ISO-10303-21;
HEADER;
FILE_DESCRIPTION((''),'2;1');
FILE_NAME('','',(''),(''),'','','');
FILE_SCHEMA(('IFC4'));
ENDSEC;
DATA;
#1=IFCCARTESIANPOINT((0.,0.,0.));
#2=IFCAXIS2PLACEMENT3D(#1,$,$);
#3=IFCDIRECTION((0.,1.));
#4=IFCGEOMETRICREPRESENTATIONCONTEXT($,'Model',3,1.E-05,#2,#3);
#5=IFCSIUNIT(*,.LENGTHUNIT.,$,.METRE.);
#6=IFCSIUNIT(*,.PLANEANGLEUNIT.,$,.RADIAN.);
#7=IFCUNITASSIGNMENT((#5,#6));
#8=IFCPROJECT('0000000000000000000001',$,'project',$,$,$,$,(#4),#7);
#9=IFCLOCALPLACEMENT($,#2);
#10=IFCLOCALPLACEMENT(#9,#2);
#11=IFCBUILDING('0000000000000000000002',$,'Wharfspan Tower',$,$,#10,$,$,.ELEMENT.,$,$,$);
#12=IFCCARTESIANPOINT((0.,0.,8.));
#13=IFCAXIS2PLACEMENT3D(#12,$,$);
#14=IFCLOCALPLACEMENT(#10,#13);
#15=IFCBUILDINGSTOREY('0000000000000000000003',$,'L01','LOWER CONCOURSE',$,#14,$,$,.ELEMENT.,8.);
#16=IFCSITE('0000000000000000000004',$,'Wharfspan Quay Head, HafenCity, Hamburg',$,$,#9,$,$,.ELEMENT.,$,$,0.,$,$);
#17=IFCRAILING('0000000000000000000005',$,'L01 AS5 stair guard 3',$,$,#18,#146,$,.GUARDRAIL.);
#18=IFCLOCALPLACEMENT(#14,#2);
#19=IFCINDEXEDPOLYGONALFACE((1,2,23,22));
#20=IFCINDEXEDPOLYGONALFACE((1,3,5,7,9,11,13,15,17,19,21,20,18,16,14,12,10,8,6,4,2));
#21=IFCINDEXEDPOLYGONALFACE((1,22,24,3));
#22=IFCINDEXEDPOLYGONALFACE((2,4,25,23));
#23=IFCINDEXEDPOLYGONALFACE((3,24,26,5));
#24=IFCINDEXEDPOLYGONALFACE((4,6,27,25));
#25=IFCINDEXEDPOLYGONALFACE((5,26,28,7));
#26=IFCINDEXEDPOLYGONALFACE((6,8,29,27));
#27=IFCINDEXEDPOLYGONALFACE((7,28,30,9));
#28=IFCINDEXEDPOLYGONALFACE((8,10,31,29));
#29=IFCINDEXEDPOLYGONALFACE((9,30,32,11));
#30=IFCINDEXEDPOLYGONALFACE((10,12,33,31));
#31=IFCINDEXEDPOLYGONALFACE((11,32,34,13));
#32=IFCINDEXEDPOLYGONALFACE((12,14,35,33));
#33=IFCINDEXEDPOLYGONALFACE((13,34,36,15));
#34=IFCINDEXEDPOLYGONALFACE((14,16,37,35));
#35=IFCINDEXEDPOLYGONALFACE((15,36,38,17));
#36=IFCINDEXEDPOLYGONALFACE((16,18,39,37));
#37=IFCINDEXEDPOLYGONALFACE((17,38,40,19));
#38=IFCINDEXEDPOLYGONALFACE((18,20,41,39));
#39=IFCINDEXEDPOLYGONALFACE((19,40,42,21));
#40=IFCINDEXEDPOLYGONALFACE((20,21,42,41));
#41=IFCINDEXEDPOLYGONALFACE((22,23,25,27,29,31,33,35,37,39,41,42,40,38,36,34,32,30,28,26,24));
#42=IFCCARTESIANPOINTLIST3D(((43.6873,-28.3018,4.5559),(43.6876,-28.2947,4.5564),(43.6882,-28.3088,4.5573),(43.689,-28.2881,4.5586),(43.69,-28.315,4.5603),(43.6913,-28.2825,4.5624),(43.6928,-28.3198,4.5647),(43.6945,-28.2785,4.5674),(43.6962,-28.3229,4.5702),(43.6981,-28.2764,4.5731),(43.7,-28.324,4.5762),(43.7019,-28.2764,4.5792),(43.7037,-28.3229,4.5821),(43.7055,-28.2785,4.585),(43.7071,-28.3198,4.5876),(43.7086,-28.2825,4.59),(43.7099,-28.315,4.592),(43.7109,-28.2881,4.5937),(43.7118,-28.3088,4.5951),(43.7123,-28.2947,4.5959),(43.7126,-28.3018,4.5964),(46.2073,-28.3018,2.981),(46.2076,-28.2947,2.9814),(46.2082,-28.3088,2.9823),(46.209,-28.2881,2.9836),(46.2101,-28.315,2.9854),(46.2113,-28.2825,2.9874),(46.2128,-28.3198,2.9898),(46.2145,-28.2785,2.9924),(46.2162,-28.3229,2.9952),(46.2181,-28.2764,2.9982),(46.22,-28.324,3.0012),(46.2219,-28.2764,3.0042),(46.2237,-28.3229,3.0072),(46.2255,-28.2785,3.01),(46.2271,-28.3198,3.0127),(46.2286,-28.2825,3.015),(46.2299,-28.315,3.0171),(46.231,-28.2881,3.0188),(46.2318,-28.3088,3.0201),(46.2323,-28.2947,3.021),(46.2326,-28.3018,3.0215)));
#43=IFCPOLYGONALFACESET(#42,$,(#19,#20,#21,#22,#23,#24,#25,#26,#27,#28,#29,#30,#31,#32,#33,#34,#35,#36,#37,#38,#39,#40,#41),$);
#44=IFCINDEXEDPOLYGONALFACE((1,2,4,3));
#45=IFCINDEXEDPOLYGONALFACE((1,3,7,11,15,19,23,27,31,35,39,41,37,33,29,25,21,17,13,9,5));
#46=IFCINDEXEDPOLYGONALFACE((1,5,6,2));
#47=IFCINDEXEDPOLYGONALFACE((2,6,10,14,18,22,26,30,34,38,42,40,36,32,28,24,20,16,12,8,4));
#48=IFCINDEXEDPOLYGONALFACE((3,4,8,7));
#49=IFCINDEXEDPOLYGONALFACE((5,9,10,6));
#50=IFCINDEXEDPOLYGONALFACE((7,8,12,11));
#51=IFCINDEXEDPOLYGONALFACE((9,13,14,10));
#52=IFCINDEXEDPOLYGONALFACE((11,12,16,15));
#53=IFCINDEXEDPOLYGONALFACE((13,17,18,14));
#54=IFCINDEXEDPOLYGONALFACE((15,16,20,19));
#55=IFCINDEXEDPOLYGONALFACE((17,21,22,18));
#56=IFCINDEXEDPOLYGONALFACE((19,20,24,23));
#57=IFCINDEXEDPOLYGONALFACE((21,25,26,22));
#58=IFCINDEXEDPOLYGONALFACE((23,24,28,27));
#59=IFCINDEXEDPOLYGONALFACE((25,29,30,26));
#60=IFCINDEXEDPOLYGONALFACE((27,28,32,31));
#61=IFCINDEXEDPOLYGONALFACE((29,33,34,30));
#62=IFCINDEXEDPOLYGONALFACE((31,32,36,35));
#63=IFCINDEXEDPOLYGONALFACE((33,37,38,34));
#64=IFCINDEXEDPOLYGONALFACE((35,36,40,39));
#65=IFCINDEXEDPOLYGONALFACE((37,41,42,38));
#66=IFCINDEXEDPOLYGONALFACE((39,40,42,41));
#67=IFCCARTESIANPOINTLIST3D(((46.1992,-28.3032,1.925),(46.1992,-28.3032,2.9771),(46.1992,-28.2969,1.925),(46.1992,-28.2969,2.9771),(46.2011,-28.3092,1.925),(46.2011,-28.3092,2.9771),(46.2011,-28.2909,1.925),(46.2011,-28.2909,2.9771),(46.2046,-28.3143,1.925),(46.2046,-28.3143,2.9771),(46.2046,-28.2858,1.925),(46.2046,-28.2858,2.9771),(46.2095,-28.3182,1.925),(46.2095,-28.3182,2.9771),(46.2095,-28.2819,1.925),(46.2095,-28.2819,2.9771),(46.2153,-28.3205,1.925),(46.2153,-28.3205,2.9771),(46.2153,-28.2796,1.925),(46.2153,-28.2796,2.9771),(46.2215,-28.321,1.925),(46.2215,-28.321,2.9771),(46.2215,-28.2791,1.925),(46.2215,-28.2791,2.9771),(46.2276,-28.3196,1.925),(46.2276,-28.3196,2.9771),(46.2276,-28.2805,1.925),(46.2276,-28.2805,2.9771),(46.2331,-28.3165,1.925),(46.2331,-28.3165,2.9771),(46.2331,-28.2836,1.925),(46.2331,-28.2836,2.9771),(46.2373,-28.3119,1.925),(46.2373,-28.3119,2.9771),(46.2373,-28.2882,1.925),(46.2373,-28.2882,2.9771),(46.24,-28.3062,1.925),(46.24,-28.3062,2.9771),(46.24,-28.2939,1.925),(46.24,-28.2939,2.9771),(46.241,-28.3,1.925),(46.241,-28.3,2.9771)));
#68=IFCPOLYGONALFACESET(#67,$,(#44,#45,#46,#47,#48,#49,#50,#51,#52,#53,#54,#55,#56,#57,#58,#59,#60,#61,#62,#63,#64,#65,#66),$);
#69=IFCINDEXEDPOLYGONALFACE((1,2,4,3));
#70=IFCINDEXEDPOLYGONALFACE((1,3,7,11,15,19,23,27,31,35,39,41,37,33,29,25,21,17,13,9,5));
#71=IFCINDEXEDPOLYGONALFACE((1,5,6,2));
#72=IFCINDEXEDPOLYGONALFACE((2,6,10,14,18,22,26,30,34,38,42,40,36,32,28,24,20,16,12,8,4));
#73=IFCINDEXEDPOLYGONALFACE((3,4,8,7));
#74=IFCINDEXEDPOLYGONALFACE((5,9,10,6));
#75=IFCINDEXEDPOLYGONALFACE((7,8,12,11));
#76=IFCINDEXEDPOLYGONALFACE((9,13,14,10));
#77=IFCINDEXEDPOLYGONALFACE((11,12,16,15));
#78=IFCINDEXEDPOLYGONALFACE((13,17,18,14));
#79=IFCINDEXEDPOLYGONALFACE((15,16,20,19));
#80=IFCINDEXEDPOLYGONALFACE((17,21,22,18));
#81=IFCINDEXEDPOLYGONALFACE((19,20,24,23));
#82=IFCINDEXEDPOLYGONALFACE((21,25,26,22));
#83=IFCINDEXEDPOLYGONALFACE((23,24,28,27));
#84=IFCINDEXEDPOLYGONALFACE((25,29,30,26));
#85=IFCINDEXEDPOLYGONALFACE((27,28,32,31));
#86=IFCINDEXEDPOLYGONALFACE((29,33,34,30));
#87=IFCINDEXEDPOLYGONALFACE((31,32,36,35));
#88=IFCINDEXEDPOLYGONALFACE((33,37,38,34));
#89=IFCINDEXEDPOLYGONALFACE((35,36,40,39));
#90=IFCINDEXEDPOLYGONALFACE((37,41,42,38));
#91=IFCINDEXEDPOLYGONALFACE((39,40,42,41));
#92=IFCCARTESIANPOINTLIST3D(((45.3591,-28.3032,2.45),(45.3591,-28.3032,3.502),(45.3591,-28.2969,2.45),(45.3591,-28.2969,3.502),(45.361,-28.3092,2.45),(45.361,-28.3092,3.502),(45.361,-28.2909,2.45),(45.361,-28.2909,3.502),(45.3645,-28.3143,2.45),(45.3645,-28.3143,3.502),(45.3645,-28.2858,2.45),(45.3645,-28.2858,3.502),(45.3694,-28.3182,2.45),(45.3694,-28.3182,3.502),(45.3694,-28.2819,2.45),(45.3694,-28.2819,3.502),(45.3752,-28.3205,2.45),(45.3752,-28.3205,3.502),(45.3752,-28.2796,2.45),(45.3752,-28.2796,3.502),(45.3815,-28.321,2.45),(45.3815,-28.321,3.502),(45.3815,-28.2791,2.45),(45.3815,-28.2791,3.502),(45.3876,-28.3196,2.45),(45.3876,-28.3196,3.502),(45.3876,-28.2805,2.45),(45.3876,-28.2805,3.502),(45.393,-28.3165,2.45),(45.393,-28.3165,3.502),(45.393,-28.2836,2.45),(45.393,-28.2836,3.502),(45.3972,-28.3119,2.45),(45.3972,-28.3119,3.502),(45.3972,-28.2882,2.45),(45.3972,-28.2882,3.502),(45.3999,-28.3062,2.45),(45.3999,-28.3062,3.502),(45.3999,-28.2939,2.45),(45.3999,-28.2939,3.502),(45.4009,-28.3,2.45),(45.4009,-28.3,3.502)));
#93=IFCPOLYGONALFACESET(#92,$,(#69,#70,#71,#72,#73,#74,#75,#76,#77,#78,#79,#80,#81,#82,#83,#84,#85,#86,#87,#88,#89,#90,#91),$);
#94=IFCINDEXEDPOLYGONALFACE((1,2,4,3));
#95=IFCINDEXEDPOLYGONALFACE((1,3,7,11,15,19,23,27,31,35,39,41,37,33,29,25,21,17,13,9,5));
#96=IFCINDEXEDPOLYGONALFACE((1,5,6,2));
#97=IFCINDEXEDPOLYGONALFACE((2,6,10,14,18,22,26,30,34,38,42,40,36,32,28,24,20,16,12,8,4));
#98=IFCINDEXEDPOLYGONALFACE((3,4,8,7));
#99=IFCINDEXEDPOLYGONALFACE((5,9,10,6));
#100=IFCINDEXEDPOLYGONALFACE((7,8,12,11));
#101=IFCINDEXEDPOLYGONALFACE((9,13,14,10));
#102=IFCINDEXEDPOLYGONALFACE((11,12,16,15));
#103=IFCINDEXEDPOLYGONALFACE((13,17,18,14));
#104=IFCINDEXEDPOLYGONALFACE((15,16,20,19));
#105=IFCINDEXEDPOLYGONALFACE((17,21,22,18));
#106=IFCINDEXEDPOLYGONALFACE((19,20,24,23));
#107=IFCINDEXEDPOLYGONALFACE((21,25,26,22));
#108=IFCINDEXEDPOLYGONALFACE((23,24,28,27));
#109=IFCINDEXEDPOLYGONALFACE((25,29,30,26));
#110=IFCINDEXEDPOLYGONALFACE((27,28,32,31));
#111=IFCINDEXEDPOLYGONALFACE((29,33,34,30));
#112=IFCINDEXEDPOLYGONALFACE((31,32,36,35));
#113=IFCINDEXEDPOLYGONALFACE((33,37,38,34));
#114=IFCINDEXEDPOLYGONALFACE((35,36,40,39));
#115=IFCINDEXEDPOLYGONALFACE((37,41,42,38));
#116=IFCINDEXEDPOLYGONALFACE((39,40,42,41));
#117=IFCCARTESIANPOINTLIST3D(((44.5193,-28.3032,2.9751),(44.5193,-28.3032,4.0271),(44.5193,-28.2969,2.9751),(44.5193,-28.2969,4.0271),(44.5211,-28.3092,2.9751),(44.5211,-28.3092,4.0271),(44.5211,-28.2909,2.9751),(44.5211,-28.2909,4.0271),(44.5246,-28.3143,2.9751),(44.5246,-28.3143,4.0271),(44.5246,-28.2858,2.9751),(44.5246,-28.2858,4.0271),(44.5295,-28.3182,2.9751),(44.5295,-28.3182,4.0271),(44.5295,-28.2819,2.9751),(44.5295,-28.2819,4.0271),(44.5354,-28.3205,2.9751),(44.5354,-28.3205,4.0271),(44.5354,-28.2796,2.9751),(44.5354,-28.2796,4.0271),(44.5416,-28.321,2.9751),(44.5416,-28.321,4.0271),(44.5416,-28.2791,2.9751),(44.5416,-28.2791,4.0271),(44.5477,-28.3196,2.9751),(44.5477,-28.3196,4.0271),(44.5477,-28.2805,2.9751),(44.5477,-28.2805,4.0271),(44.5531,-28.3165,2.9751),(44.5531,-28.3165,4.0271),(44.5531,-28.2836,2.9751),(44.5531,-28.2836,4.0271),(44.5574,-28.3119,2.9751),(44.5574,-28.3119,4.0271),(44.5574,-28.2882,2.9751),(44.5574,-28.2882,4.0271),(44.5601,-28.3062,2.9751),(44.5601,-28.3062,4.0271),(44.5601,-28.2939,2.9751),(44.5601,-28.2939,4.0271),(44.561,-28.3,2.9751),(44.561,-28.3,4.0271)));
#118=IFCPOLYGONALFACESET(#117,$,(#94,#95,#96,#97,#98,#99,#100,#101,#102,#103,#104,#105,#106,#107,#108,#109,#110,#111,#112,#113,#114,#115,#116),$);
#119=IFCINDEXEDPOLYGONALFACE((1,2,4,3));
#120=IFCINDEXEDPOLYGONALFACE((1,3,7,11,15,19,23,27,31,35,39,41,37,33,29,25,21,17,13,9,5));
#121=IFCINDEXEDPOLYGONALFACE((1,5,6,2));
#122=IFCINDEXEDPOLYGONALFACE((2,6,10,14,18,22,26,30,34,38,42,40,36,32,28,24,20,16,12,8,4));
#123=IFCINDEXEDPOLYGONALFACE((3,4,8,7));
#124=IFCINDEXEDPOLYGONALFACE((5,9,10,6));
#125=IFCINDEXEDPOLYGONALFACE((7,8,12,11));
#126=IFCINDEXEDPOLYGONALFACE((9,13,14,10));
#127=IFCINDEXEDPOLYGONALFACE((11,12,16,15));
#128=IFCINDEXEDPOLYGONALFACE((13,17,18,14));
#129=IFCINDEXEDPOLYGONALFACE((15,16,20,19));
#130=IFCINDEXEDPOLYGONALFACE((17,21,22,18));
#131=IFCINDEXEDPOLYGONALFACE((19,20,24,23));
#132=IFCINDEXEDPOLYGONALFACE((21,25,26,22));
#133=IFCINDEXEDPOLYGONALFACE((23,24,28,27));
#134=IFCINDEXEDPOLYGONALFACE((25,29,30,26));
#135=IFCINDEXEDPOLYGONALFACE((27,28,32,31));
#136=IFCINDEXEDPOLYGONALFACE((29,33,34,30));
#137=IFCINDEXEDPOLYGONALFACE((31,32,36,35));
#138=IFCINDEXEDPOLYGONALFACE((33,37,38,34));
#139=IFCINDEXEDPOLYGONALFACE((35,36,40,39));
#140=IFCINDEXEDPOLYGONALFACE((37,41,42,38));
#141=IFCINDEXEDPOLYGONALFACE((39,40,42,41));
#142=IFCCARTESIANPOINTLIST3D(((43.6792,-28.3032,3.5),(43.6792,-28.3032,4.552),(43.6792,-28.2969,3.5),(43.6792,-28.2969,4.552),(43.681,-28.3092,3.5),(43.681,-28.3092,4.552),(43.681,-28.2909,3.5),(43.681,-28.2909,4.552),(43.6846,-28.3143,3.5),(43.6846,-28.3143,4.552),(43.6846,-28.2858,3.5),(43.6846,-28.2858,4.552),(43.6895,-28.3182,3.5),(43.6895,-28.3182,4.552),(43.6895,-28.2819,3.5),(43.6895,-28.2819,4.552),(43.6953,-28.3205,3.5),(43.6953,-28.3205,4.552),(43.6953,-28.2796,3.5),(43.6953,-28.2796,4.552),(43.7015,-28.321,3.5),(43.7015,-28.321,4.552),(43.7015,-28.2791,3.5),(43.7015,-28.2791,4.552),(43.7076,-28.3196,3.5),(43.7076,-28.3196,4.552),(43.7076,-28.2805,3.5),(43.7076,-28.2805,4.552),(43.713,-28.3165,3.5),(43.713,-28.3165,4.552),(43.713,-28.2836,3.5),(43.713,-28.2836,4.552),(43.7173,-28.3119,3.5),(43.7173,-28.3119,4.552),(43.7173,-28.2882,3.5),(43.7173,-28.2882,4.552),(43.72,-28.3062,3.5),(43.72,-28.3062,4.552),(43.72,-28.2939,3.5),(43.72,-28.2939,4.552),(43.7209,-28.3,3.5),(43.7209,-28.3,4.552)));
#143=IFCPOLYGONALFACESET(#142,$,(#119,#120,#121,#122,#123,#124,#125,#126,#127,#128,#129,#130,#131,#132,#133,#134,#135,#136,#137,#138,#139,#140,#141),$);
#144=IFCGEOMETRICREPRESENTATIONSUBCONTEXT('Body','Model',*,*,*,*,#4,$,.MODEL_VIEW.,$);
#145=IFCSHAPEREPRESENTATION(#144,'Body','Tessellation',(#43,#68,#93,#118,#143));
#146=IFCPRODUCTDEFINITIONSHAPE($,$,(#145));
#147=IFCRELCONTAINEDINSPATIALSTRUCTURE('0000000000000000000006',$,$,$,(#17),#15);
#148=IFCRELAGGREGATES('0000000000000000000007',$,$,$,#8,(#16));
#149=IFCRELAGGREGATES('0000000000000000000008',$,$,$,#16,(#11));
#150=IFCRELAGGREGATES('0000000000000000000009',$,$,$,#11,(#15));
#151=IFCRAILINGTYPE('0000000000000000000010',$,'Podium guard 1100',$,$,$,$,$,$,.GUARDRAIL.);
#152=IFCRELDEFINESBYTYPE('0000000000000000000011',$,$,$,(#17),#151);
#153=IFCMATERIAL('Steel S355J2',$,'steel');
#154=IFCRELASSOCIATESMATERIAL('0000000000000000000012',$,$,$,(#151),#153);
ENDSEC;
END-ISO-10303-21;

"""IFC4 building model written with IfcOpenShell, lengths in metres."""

from ifc_helpers import new_model, si_unit, direction, frame, origin, origin_2d, place, context, subcontext, project, spatial, circle, extrude, material, type_object, element, save


model = new_model("IFC4")

# Units and contexts
model_context = context("Model", 3, precision=1e-05, world=origin(), true_north=direction((0.0, 1.0)))
body_context = subcontext(model_context, "Body", "Model", "MODEL_VIEW")
ifc_project = project(units=[si_unit("LENGTHUNIT", "METRE"), si_unit("PLANEANGLEUNIT", "RADIAN")], contexts=[model_context])

# Site, building, storey
site_placement = place(None, origin())
site = spatial("IfcSite", under=ifc_project, at=site_placement, Name="Wharfspan Quay Head, HafenCity, Hamburg", CompositionType="ELEMENT", RefElevation=0.0)
building_placement = place(site_placement, origin())
building = spatial("IfcBuilding", under=site, at=building_placement, Name="Wharfspan Tower", CompositionType="ELEMENT")
storey_placement = place(building_placement, frame((0.0, 0.0, 8.0)))
storey = spatial("IfcBuildingStorey", under=building, at=storey_placement, Name="L01", Description="LOWER CONCOURSE", CompositionType="ELEMENT", Elevation=8.0)

# Railing
ifc_material_1 = material(Name="Steel S355J2", Category="steel")
railing_type_1 = type_object("IfcRailingType", Name="Podium guard 1100", PredefinedType="GUARDRAIL", material=ifc_material_1)
railing_1_placement = place(storey_placement, frame((46.22, -28.3, 1.925)))
element("IfcRailing", 1, at=railing_1_placement, inside=storey, type_object=railing_type_1, Name="L01 AS5 stair guard 3", PredefinedType="GUARDRAIL", context=body_context, shape_type="SweptSolid", body=[
    extrude(circle(Radius=0.0239, at=origin_2d()), frame((0.0, 0.0, 1.0762), z_axis=(-0.848008, 0.0, 0.529984), x_axis=(0.0, -1.0, 0.0)), (0.0, 0.0, 1.0), 2.9717),
    extrude(circle(Radius=0.021, at=origin_2d()), origin(), (0.0, 0.0, 1.0), 1.052),
    extrude(circle(Radius=0.021, at=origin_2d()), frame((-0.8401, 0.0, 0.5249)), (0.0, 0.0, 1.0), 1.052),
    extrude(circle(Radius=0.021, at=origin_2d()), frame((-1.6799, 0.0, 1.05)), (0.0, 0.0, 1.0), 1.052),
    extrude(circle(Radius=0.021, at=origin_2d()), frame((-2.52, 0.0, 1.575)), (0.0, 0.0, 1.0), 1.052),
])

save(model, "model.ifc")
